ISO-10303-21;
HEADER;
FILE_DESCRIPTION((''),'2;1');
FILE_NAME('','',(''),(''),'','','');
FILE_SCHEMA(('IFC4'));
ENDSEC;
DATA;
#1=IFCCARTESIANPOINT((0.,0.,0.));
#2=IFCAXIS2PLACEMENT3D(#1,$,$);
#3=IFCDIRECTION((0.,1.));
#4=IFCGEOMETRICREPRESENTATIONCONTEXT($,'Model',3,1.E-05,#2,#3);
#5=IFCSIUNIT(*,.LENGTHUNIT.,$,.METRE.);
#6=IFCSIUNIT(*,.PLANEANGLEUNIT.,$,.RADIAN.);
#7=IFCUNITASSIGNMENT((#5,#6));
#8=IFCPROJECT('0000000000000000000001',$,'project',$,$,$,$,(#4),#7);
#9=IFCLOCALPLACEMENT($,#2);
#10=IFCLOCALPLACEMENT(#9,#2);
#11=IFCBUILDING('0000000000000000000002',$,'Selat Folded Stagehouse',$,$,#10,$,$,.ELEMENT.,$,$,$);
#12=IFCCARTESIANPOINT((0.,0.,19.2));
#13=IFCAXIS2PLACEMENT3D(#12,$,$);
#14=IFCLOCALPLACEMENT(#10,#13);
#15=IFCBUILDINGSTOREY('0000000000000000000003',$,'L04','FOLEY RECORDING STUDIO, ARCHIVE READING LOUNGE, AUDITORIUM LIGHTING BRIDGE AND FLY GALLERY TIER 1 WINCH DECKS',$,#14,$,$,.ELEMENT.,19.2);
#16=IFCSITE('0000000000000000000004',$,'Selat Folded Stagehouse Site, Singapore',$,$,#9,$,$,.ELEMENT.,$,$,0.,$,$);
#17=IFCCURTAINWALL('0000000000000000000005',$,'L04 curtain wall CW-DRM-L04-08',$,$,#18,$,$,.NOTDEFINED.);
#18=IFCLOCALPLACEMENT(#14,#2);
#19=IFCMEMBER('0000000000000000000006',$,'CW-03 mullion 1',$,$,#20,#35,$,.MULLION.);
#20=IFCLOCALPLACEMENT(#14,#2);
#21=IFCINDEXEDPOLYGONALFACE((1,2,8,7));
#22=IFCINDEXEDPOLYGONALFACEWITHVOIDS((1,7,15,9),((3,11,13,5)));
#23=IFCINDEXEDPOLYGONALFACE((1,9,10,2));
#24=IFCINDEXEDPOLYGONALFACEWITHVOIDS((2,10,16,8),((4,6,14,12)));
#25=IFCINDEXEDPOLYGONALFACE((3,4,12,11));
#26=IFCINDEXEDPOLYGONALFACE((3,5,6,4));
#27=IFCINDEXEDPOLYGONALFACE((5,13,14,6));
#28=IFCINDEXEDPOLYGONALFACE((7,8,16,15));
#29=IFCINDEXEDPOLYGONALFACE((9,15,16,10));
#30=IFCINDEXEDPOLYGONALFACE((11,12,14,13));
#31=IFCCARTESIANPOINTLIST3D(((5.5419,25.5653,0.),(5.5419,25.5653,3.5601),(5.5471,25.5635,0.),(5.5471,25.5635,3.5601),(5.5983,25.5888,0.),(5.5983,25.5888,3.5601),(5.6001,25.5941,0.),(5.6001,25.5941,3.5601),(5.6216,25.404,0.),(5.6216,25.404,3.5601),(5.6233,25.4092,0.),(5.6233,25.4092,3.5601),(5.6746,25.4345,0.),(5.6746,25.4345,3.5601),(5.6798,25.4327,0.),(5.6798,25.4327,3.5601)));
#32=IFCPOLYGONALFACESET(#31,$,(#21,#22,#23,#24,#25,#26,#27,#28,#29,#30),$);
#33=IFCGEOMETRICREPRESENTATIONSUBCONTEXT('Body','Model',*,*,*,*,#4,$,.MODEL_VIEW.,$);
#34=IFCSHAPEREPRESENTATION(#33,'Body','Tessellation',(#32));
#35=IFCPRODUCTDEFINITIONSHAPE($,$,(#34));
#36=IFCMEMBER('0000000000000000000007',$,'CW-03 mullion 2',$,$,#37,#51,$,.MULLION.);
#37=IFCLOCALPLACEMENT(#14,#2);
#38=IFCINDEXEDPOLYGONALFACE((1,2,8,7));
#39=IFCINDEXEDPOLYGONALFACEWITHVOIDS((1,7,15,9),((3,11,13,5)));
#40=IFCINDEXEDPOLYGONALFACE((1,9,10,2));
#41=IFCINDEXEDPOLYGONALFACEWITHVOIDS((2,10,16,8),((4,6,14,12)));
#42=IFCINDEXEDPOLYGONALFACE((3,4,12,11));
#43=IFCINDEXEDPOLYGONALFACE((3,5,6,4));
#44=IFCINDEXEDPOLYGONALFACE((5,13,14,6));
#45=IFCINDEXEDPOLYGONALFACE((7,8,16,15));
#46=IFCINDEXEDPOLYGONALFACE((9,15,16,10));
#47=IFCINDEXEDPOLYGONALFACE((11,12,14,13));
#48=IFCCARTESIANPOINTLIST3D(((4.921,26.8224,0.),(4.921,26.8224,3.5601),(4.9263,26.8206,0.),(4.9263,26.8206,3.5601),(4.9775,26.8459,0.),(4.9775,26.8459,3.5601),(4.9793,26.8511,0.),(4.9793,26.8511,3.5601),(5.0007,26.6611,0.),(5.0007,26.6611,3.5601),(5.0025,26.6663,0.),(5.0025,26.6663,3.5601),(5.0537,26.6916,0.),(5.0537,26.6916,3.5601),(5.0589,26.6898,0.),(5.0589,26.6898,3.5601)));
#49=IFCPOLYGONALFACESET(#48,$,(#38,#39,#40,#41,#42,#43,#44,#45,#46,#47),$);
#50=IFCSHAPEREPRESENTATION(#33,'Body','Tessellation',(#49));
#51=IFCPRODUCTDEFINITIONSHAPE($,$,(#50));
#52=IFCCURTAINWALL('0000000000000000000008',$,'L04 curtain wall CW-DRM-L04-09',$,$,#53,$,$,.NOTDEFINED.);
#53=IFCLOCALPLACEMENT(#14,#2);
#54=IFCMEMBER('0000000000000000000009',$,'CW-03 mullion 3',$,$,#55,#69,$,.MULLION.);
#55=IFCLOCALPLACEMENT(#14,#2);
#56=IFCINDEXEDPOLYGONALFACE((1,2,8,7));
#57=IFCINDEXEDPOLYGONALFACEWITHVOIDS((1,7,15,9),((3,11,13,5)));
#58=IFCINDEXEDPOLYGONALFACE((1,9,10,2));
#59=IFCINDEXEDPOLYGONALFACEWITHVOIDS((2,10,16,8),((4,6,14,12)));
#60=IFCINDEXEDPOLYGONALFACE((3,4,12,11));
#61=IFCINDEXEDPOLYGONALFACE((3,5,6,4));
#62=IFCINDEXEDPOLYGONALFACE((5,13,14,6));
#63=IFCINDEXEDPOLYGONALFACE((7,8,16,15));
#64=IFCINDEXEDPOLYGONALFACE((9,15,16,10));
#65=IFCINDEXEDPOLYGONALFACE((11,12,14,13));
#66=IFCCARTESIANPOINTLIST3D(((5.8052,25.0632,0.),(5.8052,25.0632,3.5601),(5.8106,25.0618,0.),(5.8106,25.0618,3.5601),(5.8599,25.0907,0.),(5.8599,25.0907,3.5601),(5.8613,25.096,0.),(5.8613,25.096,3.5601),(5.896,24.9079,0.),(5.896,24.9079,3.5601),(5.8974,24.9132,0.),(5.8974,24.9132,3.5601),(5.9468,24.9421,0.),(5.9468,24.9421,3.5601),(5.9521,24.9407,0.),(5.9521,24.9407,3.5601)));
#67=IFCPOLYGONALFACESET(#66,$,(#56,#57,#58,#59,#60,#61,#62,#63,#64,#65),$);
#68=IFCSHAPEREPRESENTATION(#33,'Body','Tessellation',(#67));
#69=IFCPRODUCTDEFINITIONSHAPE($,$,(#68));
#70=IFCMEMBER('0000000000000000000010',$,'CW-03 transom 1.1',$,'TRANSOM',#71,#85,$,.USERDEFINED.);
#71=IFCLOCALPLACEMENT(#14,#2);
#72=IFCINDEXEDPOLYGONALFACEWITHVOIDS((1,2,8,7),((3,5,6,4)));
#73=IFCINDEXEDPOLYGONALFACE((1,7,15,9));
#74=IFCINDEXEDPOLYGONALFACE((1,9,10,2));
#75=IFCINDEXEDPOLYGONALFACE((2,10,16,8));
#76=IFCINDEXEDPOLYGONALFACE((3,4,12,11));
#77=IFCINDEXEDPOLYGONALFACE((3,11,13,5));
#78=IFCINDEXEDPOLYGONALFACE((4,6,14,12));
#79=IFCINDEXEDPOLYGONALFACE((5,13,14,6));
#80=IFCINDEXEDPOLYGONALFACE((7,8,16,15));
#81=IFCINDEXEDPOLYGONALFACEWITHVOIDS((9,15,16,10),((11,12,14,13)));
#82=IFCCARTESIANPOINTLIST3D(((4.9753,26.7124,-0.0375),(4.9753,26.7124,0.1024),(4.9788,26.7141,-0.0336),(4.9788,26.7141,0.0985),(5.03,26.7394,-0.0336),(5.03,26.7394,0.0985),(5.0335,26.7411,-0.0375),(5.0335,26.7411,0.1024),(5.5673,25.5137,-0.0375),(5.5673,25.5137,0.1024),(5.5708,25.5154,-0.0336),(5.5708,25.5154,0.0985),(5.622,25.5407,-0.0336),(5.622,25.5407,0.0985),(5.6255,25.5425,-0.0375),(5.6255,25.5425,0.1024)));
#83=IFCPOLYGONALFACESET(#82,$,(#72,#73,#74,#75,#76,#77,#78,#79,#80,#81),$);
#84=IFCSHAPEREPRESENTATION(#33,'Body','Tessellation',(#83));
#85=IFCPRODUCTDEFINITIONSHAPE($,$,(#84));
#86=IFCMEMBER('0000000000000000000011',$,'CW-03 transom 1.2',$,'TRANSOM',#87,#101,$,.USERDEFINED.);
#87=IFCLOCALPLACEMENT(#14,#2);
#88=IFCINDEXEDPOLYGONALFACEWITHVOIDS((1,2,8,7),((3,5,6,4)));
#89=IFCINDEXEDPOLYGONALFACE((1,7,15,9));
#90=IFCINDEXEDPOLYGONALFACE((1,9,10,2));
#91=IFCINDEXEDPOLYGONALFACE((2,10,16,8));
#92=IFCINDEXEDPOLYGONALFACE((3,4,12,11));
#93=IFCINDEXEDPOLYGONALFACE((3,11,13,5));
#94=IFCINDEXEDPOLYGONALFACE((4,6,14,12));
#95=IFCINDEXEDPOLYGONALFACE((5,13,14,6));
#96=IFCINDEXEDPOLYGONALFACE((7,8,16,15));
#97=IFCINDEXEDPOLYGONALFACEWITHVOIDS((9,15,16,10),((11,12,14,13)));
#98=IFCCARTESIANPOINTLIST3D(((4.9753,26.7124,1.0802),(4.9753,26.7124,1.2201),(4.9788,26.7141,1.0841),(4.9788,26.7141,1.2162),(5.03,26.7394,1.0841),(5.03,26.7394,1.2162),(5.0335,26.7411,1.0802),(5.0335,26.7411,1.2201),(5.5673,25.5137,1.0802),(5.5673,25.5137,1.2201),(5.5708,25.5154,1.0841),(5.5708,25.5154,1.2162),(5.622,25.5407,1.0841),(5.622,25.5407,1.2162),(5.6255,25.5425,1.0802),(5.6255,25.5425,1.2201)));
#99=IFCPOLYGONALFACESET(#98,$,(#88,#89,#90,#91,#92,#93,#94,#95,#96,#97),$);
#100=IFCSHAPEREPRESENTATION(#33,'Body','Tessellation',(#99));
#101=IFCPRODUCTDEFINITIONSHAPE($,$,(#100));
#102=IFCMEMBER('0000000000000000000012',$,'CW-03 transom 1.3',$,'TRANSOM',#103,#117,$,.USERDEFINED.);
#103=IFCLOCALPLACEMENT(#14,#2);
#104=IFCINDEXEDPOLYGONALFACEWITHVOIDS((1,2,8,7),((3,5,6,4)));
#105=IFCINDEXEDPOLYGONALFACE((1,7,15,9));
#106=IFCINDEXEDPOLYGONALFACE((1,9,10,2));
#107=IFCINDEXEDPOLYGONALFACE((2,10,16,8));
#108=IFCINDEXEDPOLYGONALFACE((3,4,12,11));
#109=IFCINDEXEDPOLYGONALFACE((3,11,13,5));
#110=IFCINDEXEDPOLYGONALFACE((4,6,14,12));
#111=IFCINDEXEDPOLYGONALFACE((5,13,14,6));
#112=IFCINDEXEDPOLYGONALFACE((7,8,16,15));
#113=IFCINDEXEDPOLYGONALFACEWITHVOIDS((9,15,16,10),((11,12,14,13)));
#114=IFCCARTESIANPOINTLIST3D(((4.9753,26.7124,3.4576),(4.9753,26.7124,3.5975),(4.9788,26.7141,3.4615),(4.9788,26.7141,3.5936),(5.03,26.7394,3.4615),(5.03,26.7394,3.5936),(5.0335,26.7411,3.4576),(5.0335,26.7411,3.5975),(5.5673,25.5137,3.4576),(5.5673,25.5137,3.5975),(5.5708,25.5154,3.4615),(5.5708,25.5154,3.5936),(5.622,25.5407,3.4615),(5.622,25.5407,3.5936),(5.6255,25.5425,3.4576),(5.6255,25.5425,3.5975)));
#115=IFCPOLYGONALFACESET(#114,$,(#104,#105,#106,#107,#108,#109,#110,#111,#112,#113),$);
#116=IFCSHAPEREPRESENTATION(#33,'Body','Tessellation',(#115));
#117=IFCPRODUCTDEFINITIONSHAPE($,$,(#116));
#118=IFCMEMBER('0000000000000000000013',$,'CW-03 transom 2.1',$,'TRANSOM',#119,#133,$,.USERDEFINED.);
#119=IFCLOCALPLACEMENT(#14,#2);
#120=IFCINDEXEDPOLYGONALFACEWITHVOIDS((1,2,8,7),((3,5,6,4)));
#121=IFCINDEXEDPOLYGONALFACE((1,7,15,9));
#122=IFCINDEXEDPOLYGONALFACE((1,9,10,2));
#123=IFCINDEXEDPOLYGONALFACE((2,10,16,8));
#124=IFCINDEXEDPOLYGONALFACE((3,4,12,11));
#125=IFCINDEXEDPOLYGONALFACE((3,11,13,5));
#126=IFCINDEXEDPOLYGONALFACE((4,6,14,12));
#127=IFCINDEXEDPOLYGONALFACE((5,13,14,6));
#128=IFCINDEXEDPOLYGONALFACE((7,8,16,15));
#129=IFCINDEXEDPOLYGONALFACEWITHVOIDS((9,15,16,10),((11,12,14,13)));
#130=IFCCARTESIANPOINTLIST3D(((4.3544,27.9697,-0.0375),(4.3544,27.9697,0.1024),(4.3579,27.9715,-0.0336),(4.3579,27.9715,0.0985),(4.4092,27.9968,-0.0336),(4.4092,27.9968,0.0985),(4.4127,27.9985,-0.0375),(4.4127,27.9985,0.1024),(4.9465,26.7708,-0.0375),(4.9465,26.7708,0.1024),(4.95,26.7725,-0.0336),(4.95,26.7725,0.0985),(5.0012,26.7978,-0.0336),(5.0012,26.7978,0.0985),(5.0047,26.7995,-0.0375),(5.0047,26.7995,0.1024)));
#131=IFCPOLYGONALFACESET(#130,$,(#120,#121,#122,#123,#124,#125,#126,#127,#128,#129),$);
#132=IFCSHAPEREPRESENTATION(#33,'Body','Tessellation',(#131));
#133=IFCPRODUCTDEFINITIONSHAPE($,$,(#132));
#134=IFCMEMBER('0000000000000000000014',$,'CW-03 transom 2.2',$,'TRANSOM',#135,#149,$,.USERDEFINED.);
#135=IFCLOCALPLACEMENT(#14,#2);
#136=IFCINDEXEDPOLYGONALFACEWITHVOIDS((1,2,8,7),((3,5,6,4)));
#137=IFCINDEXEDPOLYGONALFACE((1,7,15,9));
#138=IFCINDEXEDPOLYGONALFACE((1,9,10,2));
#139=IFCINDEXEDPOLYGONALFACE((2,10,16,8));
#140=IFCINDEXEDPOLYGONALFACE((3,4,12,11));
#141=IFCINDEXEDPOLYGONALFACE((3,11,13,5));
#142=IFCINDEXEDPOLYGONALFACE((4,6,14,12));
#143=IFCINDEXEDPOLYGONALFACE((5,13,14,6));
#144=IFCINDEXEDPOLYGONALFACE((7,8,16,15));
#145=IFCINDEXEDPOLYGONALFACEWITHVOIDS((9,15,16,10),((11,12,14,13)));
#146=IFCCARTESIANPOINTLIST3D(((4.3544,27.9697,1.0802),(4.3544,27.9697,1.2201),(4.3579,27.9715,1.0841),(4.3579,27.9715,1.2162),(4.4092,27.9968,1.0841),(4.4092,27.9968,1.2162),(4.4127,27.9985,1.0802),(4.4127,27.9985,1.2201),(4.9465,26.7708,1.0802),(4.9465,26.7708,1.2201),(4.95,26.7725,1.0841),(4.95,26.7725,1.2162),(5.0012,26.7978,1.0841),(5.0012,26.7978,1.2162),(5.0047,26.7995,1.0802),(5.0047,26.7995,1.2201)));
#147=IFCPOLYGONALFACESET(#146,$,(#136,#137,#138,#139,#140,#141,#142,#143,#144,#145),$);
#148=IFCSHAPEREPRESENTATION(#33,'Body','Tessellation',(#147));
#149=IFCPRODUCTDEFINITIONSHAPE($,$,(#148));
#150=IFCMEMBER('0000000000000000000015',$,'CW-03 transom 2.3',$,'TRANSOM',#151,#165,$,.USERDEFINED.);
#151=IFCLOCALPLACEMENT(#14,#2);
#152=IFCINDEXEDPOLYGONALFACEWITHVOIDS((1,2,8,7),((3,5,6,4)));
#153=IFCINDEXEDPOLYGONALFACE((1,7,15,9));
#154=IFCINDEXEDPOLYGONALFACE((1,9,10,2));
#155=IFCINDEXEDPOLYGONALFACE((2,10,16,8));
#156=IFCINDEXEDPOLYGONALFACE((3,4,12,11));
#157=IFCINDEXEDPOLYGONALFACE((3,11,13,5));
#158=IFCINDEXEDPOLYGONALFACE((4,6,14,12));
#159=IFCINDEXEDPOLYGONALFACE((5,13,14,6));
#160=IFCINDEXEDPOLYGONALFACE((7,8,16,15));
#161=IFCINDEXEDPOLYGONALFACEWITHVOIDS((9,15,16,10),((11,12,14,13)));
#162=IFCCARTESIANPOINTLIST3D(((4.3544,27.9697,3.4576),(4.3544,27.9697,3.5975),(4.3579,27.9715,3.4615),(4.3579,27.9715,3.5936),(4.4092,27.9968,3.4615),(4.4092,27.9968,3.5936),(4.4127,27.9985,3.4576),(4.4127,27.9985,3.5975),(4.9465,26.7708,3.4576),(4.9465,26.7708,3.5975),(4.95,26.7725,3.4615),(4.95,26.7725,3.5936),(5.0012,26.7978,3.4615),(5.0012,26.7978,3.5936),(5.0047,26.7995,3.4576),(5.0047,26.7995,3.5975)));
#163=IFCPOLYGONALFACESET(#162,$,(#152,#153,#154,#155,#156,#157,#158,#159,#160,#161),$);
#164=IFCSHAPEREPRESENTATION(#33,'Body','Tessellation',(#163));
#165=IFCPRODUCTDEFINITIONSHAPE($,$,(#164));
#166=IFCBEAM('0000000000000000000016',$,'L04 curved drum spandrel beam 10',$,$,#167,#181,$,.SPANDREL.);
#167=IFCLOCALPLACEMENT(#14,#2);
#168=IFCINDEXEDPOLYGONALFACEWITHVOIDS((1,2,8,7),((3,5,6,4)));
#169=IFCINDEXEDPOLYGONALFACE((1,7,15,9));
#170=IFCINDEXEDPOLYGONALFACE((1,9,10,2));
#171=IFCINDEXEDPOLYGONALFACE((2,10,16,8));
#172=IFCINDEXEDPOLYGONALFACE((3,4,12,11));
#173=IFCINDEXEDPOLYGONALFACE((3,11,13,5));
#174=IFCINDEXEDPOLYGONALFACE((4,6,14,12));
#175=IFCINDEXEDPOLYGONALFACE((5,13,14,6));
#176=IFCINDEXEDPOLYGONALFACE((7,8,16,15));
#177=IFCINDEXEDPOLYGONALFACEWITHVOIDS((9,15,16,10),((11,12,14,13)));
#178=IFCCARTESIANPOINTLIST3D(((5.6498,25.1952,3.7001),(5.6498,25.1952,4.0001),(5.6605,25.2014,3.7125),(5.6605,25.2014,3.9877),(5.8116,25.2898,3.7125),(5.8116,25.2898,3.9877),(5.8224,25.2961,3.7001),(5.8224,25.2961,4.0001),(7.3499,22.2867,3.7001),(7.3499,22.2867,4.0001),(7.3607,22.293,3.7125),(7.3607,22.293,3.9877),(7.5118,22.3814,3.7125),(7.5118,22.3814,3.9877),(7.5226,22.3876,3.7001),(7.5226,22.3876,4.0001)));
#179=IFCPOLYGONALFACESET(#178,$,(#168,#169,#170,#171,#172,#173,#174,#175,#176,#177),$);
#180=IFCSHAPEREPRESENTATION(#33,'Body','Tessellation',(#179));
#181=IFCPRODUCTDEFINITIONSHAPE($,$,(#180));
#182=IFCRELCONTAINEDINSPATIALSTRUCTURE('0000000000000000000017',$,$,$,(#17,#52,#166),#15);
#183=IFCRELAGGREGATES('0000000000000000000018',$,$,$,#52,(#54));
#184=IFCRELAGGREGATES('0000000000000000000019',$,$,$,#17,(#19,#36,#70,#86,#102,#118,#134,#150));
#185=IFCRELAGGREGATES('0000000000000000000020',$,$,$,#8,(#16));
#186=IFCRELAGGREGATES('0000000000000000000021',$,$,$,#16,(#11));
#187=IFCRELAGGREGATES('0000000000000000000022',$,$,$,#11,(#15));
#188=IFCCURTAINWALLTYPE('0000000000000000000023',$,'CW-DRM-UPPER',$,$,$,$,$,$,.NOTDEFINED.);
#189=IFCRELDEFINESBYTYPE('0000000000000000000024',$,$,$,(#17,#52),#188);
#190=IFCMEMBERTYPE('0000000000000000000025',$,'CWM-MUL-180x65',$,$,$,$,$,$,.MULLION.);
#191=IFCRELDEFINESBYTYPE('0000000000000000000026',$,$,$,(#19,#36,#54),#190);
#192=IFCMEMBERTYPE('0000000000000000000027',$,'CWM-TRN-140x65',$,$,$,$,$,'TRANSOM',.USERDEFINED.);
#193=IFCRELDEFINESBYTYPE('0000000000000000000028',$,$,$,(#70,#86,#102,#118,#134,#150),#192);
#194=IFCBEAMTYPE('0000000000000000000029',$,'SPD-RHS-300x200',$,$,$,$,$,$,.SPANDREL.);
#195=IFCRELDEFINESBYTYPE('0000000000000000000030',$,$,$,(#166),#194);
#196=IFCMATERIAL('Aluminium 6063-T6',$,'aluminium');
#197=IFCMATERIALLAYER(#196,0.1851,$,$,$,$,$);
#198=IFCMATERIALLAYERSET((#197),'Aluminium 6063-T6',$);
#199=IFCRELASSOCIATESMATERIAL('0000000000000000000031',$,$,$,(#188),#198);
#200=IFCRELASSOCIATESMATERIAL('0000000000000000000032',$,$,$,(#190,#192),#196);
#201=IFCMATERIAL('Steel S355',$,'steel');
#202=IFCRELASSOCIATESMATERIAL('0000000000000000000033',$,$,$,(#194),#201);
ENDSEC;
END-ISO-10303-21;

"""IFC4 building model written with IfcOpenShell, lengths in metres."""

from ifc_helpers import new_model, si_unit, direction, frame, origin, origin_2d, place, context, subcontext, project, spatial, hollow_rectangle, extrude, material, layer, layer_set, material_profile, profile_set, type_object, element, aggregate, save


model = new_model("IFC4")

# Units and contexts
model_context = context("Model", 3, precision=1e-05, world=origin(), true_north=direction((0.0, 1.0)))
body_context = subcontext(model_context, "Body", "Model", "MODEL_VIEW")
ifc_project = project(units=[si_unit("LENGTHUNIT", "METRE"), si_unit("PLANEANGLEUNIT", "RADIAN")], contexts=[model_context])

# Site, building, storey
site_placement = place(None, origin())
site = spatial("IfcSite", under=ifc_project, at=site_placement, Name="Selat Folded Stagehouse Site, Singapore", CompositionType="ELEMENT", RefElevation=0.0)
building_placement = place(site_placement, origin())
building = spatial("IfcBuilding", under=site, at=building_placement, Name="Selat Folded Stagehouse", CompositionType="ELEMENT")
storey_placement = place(building_placement, frame((0.0, 0.0, 19.2)))
storey = spatial("IfcBuildingStorey", under=building, at=storey_placement, Name="L04", Description="FOLEY RECORDING STUDIO, ARCHIVE READING LOUNGE, AUDITORIUM LIGHTING BRIDGE AND FLY GALLERY TIER 1 WINCH DECKS", CompositionType="ELEMENT", Elevation=19.2)

# Curtain wall, members
ifc_material_1 = material(Name="Aluminium 6063-T6", Category="aluminium")
ifc_layer_1 = layer(ifc_material_1, 0.1851)
ifc_layer_set_1 = layer_set([ifc_layer_1], Name="Aluminium 6063-T6")
curtain_wall_type = type_object("IfcCurtainWallType", Name="CW-DRM-UPPER", PredefinedType="NOTDEFINED", material=ifc_layer_set_1)
curtain_wall_1_placement = place(storey_placement, origin())
curtain_wall_1 = element("IfcCurtainWall", 1, at=curtain_wall_1_placement, inside=storey, type_object=curtain_wall_type, Name="L04 curtain wall CW-DRM-L04-08", PredefinedType="NOTDEFINED")
ifc_material_profile_1 = material_profile(ifc_material_1, hollow_rectangle(XDim=0.0649, YDim=0.1799, WallThickness=0.0039, at=origin_2d()), Name="ALU 180x65x4.0")
ifc_profile_set_1 = profile_set([ifc_material_profile_1], Name="Aluminium 6063-T6")
member_type_1 = type_object("IfcMemberType", Name="CWM-MUL-180x65", PredefinedType="MULLION", material=ifc_profile_set_1)
member_1_placement = place(storey_placement, frame((5.6108, 25.499, 0.0), z_axis=(0.0, 0.0, 1.0), x_axis=(-0.896598, -0.442845, 0.0)))
member_1 = element("IfcMember", 2, at=member_1_placement, type_object=member_type_1, Name="CW-03 mullion 1", PredefinedType="MULLION", context=body_context, shape_type="SweptSolid", body=[
    extrude(hollow_rectangle(XDim=0.0649, YDim=0.1799, WallThickness=0.0039, at=origin_2d()), origin(), (0.0, 0.0, 1.0), 3.5601),
])
member_2_placement = place(storey_placement, frame((4.99, 26.7561, 0.0), z_axis=(0.0, 0.0, 1.0), x_axis=(-0.896598, -0.442845, 0.0)))
member_2 = element("IfcMember", 3, at=member_2_placement, type_object=member_type_1, Name="CW-03 mullion 2", PredefinedType="MULLION", context=body_context, shape_type="SweptSolid", body=[
    extrude(hollow_rectangle(XDim=0.0649, YDim=0.1799, WallThickness=0.0039, at=origin_2d()), origin(), (0.0, 0.0, 1.0), 3.5601),
])

# Curtain wall, member
curtain_wall_2_placement = place(storey_placement, origin())
curtain_wall_2 = element("IfcCurtainWall", 4, at=curtain_wall_2_placement, inside=storey, type_object=curtain_wall_type, Name="L04 curtain wall CW-DRM-L04-09", PredefinedType="NOTDEFINED")
member_3_placement = place(storey_placement, frame((5.8787, 25.002, 0.0), z_axis=(0.0, 0.0, 1.0), x_axis=(-0.863332, -0.504636, 0.0)))
member_3 = element("IfcMember", 5, at=member_3_placement, type_object=member_type_1, Name="CW-03 mullion 3", PredefinedType="MULLION", context=body_context, shape_type="SweptSolid", body=[
    extrude(hollow_rectangle(XDim=0.0649, YDim=0.1799, WallThickness=0.0039, at=origin_2d()), origin(), (0.0, 0.0, 1.0), 3.5601),
])
aggregate(curtain_wall_2, [member_3])

# Members
ifc_material_profile_2 = material_profile(ifc_material_1, hollow_rectangle(XDim=0.0649, YDim=0.1399, WallThickness=0.0039, at=origin_2d()), Name="ALU 140x65x4.0")
ifc_profile_set_2 = profile_set([ifc_material_profile_2], Name="Aluminium 6063-T6")
member_type_2 = type_object("IfcMemberType", Name="CWM-TRN-140x65", ElementType="TRANSOM", PredefinedType="USERDEFINED", material=ifc_profile_set_2)
member_4_placement = place(storey_placement, frame((5.5964, 25.5281, 0.0325), z_axis=(-0.442826, 0.896608, 0.0), x_axis=(-0.896608, -0.442826, 0.0)))
member_4 = element("IfcMember", 6, at=member_4_placement, type_object=member_type_2, Name="CW-03 transom 1.1", ObjectType="TRANSOM", PredefinedType="USERDEFINED", context=body_context, shape_type="SweptSolid", body=[
    extrude(hollow_rectangle(XDim=0.0649, YDim=0.1399, WallThickness=0.0039, at=origin_2d()), origin(), (0.0, 0.0, 1.0), 1.3369),
])
member_5_placement = place(storey_placement, frame((5.5964, 25.5281, 1.1501), z_axis=(-0.442826, 0.896608, 0.0), x_axis=(-0.896608, -0.442826, 0.0)))
member_5 = element("IfcMember", 7, at=member_5_placement, type_object=member_type_2, Name="CW-03 transom 1.2", ObjectType="TRANSOM", PredefinedType="USERDEFINED", context=body_context, shape_type="SweptSolid", body=[
    extrude(hollow_rectangle(XDim=0.0649, YDim=0.1399, WallThickness=0.0039, at=origin_2d()), origin(), (0.0, 0.0, 1.0), 1.3369),
])
member_6_placement = place(storey_placement, frame((5.5964, 25.5281, 3.5276), z_axis=(-0.442826, 0.896608, 0.0), x_axis=(-0.896608, -0.442826, 0.0)))
member_6 = element("IfcMember", 8, at=member_6_placement, type_object=member_type_2, Name="CW-03 transom 1.3", ObjectType="TRANSOM", PredefinedType="USERDEFINED", context=body_context, shape_type="SweptSolid", body=[
    extrude(hollow_rectangle(XDim=0.0649, YDim=0.1399, WallThickness=0.0039, at=origin_2d()), origin(), (0.0, 0.0, 1.0), 1.3369),
])
member_7_placement = place(storey_placement, frame((4.9756, 26.7852, 0.0325), z_axis=(-0.442753, 0.896644, 0.0), x_axis=(-0.896644, -0.442753, 0.0)))
member_7 = element("IfcMember", 9, at=member_7_placement, type_object=member_type_2, Name="CW-03 transom 2.1", ObjectType="TRANSOM", PredefinedType="USERDEFINED", context=body_context, shape_type="SweptSolid", body=[
    extrude(hollow_rectangle(XDim=0.0649, YDim=0.1399, WallThickness=0.0039, at=origin_2d()), origin(), (0.0, 0.0, 1.0), 1.3372),
])
member_8_placement = place(storey_placement, frame((4.9756, 26.7852, 1.1501), z_axis=(-0.442753, 0.896644, 0.0), x_axis=(-0.896644, -0.442753, 0.0)))
member_8 = element("IfcMember", 10, at=member_8_placement, type_object=member_type_2, Name="CW-03 transom 2.2", ObjectType="TRANSOM", PredefinedType="USERDEFINED", context=body_context, shape_type="SweptSolid", body=[
    extrude(hollow_rectangle(XDim=0.0649, YDim=0.1399, WallThickness=0.0039, at=origin_2d()), origin(), (0.0, 0.0, 1.0), 1.3372),
])
member_9_placement = place(storey_placement, frame((4.9756, 26.7852, 3.5276), z_axis=(-0.442753, 0.896644, 0.0), x_axis=(-0.896644, -0.442753, 0.0)))
member_9 = element("IfcMember", 11, at=member_9_placement, type_object=member_type_2, Name="CW-03 transom 2.3", ObjectType="TRANSOM", PredefinedType="USERDEFINED", context=body_context, shape_type="SweptSolid", body=[
    extrude(hollow_rectangle(XDim=0.0649, YDim=0.1399, WallThickness=0.0039, at=origin_2d()), origin(), (0.0, 0.0, 1.0), 1.3372),
])

# Beam
ifc_material_2 = material(Name="Steel S355", Category="steel")
ifc_material_profile_3 = material_profile(ifc_material_2, hollow_rectangle(XDim=0.2, YDim=0.3, WallThickness=0.0125, at=origin_2d()), Name="RHS 300x200x12.5")
ifc_profile_set_3 = profile_set([ifc_material_profile_3], Name="Steel S355")
beam_type = type_object("IfcBeamType", Name="SPD-RHS-300x200", PredefinedType="SPANDREL", material=ifc_profile_set_3)
beam_placement = place(storey_placement, frame((5.7361, 25.2456, 3.8501), z_axis=(0.504668, -0.863313, 0.0), x_axis=(0.863313, 0.504668, 0.0)))
element("IfcBeam", 12, at=beam_placement, inside=storey, type_object=beam_type, Name="L04 curved drum spandrel beam 10", PredefinedType="SPANDREL", context=body_context, shape_type="SweptSolid", body=[
    extrude(hollow_rectangle(XDim=0.2, YDim=0.3, WallThickness=0.0125, at=origin_2d()), origin(), (0.0, 0.0, 1.0), 3.3689),
])

aggregate(curtain_wall_1, [member_1, member_2, member_4, member_5, member_6, member_7, member_8, member_9])

save(model, "model.ifc")
